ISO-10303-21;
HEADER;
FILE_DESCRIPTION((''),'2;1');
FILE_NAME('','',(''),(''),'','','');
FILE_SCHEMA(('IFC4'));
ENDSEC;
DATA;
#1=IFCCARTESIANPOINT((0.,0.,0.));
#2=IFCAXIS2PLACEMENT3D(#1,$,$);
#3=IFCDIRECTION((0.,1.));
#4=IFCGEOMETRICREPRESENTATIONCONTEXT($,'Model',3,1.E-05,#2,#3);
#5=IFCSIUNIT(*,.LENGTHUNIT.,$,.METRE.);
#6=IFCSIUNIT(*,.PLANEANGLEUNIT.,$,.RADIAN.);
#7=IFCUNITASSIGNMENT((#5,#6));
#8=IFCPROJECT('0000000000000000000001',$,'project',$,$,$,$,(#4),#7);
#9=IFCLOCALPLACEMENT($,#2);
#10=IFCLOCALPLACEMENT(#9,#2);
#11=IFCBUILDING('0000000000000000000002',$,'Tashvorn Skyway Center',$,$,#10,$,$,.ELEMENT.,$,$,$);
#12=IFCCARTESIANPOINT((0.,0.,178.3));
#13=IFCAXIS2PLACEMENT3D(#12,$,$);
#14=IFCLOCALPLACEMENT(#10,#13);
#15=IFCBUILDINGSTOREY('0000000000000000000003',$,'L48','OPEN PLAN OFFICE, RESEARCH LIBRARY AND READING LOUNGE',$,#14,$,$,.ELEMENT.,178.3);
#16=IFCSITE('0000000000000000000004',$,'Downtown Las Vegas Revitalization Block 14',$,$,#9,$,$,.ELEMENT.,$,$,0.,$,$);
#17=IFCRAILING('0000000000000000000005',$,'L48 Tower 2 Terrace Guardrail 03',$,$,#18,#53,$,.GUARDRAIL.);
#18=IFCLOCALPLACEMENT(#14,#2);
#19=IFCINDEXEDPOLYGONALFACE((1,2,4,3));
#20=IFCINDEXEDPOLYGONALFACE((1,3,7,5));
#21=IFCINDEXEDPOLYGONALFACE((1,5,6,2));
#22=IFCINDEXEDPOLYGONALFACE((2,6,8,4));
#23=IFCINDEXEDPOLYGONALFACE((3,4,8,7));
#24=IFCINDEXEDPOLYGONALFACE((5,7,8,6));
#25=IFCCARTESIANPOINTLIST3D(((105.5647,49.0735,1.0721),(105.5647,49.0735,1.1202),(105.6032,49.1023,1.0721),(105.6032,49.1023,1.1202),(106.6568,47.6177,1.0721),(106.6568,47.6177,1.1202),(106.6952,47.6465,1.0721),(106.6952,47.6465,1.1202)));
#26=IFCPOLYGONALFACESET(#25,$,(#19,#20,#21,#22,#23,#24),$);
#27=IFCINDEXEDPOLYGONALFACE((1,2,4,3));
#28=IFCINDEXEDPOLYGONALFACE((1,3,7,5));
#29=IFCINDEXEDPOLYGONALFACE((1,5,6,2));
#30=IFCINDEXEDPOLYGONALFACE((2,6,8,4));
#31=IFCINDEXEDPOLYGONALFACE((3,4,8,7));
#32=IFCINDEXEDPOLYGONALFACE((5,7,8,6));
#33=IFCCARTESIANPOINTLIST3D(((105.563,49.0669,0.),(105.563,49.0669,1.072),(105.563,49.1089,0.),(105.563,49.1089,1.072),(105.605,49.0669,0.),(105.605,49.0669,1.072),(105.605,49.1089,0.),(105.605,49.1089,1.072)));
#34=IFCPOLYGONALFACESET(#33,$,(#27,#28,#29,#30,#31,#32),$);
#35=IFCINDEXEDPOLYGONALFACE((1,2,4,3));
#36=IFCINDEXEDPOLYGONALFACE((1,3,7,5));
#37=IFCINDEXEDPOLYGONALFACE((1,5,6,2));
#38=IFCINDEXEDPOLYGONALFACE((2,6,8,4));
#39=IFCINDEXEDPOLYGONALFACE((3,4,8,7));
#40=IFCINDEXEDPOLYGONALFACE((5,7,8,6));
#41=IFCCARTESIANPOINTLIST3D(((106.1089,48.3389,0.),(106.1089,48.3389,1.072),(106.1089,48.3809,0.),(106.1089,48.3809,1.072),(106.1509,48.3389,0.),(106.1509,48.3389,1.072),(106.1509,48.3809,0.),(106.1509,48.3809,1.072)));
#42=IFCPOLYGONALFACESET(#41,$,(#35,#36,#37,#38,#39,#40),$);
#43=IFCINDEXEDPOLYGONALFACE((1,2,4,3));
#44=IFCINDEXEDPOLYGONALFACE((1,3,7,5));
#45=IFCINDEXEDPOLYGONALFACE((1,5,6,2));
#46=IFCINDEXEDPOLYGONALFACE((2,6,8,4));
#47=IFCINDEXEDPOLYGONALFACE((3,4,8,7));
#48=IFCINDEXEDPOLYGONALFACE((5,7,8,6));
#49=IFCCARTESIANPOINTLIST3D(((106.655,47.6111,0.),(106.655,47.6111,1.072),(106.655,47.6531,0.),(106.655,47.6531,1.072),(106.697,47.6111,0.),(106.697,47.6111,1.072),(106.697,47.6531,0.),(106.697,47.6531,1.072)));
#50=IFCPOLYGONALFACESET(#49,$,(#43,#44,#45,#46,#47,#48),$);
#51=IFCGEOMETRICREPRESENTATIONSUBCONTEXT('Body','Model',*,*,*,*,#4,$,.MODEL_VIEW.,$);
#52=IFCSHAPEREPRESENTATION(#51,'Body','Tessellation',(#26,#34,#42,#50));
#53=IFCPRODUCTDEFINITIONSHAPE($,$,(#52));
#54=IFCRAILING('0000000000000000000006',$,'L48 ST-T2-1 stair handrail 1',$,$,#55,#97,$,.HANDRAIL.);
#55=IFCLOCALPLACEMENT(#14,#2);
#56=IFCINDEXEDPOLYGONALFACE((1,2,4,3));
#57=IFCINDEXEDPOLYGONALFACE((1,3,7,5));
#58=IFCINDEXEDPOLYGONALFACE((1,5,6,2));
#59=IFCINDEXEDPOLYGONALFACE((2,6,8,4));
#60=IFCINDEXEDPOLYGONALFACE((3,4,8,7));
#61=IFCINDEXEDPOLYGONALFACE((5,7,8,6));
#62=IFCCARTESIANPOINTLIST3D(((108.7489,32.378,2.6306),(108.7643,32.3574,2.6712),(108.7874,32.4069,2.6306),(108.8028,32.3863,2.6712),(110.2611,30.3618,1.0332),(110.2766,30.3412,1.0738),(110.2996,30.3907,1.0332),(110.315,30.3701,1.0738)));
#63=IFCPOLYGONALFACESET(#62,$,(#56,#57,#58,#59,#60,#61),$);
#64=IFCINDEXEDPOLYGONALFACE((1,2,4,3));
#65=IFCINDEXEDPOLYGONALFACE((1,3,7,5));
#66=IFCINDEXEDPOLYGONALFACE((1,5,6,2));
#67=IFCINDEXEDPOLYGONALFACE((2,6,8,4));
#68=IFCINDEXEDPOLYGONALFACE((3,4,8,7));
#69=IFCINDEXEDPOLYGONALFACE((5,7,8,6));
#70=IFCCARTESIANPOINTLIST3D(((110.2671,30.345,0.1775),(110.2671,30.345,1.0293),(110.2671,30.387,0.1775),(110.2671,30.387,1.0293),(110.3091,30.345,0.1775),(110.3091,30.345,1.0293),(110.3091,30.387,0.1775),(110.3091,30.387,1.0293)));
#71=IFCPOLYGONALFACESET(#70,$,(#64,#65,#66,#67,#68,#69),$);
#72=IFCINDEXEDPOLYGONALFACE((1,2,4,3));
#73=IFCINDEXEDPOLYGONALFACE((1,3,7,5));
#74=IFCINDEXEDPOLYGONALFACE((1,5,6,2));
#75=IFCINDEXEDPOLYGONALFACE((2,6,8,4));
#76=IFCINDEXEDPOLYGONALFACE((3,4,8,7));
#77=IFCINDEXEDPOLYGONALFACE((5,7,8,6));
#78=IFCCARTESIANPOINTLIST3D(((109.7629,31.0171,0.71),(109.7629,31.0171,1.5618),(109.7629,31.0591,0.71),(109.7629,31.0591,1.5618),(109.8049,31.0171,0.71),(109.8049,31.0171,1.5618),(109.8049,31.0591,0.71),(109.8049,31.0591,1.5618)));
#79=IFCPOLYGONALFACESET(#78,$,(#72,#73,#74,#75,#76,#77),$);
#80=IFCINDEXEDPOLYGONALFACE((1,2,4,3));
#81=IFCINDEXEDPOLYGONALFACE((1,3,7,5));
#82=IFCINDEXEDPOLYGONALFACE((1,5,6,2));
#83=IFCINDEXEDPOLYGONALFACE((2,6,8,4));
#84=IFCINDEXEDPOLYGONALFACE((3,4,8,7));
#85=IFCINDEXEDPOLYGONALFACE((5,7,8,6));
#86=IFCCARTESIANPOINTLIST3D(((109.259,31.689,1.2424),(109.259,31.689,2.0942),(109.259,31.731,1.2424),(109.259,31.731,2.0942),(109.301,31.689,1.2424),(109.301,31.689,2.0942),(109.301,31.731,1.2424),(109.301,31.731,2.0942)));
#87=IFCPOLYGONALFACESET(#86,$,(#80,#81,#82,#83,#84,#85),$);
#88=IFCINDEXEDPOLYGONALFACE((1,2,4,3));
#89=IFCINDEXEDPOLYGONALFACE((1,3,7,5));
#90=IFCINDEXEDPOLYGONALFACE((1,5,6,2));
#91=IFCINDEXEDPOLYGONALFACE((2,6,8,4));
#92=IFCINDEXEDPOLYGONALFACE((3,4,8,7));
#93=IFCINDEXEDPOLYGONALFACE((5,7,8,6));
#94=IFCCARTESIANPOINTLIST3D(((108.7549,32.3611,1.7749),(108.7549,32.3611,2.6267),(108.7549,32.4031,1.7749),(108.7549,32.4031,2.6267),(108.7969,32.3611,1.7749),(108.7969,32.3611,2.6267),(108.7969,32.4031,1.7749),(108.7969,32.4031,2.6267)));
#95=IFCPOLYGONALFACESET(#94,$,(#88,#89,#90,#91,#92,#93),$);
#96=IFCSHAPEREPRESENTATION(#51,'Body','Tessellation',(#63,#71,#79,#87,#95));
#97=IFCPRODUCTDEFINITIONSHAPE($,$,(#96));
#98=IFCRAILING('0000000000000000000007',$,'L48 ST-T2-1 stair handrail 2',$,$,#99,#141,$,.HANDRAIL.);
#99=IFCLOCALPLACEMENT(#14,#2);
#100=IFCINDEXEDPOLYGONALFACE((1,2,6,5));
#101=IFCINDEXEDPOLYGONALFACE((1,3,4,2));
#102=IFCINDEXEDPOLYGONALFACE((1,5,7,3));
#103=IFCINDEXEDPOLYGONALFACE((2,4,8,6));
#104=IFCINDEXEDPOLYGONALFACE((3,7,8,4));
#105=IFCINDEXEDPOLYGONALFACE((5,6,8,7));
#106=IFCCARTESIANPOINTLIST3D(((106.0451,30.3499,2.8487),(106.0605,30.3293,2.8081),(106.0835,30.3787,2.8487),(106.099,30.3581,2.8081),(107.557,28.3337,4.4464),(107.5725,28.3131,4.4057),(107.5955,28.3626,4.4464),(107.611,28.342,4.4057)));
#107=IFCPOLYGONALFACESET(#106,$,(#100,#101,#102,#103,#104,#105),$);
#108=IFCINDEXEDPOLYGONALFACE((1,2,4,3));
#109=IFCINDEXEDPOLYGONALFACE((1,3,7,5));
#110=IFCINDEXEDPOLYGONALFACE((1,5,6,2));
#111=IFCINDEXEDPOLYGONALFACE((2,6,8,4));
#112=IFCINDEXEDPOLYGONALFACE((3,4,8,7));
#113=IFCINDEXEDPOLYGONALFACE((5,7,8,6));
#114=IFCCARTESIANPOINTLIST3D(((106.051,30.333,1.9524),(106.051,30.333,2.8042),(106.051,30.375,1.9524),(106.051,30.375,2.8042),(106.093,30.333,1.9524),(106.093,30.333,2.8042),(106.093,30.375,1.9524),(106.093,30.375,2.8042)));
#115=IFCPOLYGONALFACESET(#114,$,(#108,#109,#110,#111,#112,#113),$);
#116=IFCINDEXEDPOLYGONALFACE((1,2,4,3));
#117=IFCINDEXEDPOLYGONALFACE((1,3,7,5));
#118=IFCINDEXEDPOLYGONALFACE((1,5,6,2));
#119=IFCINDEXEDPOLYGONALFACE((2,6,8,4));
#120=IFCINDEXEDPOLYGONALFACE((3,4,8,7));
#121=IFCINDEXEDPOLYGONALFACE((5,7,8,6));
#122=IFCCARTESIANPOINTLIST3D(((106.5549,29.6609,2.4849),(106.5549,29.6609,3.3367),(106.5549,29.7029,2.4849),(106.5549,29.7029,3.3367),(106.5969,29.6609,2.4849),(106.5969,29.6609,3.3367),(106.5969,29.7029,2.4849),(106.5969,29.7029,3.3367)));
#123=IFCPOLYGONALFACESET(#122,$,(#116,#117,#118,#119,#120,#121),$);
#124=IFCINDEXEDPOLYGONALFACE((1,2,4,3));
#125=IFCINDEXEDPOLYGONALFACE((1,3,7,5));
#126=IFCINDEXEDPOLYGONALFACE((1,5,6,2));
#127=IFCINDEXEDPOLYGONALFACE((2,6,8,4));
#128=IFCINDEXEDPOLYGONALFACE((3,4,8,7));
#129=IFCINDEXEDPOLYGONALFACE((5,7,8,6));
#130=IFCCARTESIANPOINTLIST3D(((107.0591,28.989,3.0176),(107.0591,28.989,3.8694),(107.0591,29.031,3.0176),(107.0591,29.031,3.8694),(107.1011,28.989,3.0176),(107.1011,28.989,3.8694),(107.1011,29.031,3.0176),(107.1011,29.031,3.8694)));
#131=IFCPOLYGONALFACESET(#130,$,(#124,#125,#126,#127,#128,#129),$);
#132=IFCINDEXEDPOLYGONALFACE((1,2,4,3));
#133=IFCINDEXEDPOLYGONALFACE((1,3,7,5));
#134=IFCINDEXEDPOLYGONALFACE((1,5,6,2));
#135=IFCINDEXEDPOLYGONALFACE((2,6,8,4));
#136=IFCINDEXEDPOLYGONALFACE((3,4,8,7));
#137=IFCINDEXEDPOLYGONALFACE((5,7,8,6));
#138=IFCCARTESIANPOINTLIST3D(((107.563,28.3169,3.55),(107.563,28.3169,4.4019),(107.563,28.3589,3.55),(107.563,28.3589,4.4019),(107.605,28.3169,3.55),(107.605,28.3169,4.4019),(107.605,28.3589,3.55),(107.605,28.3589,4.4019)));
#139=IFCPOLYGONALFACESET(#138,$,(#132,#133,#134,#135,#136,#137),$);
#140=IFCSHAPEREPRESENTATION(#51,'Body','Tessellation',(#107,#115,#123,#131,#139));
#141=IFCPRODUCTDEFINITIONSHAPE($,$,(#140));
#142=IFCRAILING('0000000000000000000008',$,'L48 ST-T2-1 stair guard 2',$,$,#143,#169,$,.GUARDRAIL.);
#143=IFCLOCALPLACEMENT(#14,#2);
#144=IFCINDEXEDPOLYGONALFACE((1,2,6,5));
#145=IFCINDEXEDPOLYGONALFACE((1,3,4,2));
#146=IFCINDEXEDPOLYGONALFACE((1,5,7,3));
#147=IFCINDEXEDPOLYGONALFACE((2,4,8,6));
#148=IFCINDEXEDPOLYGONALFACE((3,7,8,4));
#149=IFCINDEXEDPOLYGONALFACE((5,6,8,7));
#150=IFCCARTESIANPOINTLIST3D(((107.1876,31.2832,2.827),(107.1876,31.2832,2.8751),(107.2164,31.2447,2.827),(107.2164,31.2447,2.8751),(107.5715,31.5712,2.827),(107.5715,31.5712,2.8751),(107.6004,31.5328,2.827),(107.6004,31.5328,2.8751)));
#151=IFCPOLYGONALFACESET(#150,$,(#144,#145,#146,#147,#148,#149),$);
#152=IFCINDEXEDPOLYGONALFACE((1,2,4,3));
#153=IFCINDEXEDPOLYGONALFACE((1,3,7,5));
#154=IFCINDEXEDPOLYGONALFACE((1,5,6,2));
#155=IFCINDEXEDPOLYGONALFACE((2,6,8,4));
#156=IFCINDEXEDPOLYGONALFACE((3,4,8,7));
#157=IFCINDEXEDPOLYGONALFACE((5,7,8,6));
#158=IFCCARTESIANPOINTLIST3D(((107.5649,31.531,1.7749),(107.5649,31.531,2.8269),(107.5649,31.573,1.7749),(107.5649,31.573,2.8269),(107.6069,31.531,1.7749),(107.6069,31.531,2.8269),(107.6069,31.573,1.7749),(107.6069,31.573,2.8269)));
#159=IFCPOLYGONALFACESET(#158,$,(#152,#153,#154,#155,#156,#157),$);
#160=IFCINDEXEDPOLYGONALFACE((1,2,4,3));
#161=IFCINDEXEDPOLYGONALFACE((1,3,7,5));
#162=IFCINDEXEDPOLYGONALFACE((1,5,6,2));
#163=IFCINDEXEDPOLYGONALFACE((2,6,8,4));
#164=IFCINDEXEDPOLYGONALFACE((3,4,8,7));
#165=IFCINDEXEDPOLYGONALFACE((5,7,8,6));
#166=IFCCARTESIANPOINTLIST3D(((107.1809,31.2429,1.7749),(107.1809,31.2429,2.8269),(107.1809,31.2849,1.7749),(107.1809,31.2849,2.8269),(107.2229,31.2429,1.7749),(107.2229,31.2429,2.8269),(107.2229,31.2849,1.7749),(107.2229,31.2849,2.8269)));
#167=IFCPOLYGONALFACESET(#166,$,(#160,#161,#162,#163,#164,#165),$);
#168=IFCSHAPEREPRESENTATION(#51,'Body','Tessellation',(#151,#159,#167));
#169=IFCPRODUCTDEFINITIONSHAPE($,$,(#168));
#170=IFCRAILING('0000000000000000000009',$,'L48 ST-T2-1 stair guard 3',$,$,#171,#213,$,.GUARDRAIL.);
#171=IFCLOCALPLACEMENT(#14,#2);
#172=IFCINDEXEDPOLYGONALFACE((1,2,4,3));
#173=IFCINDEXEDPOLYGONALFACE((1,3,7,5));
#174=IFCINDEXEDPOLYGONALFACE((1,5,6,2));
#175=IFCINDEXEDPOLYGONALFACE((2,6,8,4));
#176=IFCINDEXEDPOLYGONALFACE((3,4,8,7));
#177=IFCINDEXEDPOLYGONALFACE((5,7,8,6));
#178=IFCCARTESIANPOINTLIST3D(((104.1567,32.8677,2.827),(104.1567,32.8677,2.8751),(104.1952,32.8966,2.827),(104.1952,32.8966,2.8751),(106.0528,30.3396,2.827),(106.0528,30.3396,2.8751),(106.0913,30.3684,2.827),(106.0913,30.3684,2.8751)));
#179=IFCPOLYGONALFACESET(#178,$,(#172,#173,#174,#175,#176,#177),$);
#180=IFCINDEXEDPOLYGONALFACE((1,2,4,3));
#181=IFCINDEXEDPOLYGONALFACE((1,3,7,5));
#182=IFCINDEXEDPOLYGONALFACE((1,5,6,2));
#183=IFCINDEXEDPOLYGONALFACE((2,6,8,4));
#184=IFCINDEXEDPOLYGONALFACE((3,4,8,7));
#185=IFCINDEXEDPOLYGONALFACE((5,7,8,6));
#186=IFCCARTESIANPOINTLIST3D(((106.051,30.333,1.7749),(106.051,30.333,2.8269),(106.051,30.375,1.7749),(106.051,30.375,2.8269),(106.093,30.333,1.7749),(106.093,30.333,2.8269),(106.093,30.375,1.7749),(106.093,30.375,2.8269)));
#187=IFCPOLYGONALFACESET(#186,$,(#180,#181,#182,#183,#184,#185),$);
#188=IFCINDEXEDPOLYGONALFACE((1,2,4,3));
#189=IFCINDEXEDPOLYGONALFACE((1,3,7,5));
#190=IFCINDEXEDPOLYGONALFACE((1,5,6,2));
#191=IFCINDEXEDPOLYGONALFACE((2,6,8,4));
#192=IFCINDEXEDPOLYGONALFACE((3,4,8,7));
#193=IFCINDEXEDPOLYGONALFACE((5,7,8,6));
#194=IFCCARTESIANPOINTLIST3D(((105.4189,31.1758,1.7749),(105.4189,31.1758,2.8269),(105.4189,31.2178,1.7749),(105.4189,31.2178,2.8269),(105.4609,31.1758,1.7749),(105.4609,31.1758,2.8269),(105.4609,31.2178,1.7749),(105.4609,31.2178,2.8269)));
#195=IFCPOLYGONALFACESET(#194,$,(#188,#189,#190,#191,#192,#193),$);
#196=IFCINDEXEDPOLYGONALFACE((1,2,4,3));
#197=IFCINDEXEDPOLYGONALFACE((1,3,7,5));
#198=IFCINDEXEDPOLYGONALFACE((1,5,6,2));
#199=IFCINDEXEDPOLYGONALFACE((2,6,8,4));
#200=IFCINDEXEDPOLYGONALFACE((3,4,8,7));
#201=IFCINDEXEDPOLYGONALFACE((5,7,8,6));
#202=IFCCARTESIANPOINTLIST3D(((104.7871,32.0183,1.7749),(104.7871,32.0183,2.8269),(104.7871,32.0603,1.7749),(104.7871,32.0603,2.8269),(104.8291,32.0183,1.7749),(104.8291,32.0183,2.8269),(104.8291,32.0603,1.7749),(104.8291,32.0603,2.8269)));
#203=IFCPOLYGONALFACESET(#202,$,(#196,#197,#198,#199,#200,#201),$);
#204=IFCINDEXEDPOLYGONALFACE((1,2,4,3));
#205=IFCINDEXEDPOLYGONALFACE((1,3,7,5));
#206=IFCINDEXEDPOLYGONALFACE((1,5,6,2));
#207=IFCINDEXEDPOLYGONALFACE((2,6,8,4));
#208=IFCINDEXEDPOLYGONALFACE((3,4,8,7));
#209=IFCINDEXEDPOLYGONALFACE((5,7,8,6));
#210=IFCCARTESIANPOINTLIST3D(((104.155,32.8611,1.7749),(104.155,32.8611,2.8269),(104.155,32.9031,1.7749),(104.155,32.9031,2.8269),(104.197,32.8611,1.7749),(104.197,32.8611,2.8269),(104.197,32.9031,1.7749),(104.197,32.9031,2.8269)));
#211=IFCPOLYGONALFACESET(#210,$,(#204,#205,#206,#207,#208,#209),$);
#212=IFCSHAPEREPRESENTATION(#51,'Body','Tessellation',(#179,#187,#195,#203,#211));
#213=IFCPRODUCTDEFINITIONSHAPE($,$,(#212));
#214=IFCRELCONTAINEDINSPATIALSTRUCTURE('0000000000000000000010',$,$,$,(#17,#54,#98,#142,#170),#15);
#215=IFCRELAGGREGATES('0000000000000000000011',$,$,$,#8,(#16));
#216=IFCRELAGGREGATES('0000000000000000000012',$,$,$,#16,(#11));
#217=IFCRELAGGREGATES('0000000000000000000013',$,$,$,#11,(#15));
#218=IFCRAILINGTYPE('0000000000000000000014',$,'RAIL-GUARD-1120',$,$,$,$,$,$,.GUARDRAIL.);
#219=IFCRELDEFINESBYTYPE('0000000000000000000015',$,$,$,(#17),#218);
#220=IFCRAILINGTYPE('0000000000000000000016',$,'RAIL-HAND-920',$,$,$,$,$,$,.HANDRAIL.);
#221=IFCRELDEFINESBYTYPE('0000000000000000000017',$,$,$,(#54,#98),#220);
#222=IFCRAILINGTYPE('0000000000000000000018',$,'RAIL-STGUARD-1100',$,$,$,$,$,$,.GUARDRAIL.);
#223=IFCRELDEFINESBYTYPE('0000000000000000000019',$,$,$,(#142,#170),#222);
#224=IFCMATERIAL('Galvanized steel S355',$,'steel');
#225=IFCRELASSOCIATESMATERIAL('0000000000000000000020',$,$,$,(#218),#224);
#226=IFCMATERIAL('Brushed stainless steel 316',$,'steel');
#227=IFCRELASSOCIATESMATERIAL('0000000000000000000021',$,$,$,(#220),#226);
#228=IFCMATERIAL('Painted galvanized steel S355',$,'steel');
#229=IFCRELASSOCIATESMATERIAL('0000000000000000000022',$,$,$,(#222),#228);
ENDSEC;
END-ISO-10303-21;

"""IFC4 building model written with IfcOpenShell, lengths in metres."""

from ifc_helpers import new_model, si_unit, direction, frame, origin, origin_2d, place, context, subcontext, project, spatial, rectangle, extrude, material, type_object, element, save


model = new_model("IFC4")

# Units and contexts
model_context = context("Model", 3, precision=1e-05, world=origin(), true_north=direction((0.0, 1.0)))
body_context = subcontext(model_context, "Body", "Model", "MODEL_VIEW")
ifc_project = project(units=[si_unit("LENGTHUNIT", "METRE"), si_unit("PLANEANGLEUNIT", "RADIAN")], contexts=[model_context])

# Site, building, storey
site_placement = place(None, origin())
site = spatial("IfcSite", under=ifc_project, at=site_placement, Name="Downtown Las Vegas Revitalization Block 14", CompositionType="ELEMENT", RefElevation=0.0)
building_placement = place(site_placement, origin())
building = spatial("IfcBuilding", under=site, at=building_placement, Name="Tashvorn Skyway Center", CompositionType="ELEMENT")
storey_placement = place(building_placement, frame((0.0, 0.0, 178.3)))
storey = spatial("IfcBuildingStorey", under=building, at=storey_placement, Name="L48", Description="OPEN PLAN OFFICE, RESEARCH LIBRARY AND READING LOUNGE", CompositionType="ELEMENT", Elevation=178.3)

# Railings
ifc_material_1 = material(Name="Galvanized steel S355", Category="steel")
railing_type_1 = type_object("IfcRailingType", Name="RAIL-GUARD-1120", PredefinedType="GUARDRAIL", material=ifc_material_1)
railing_1_placement = place(storey_placement, frame((105.584, 49.0879, 0.0)))
element("IfcRailing", 1, at=railing_1_placement, inside=storey, type_object=railing_type_1, Name="L48 Tower 2 Terrace Guardrail 03", PredefinedType="GUARDRAIL", context=body_context, shape_type="SweptSolid", body=[
    extrude(rectangle(XDim=0.0481, YDim=0.0481, at=origin_2d()), frame((0.0, 0.0, 1.0962), z_axis=(0.600064, -0.799952, 0.0), x_axis=(0.799952, 0.600064, 0.0)), (0.0, 0.0, 1.0), 1.8198),
    extrude(rectangle(XDim=0.042, YDim=0.042, at=origin_2d()), origin(), (0.0, 0.0, 1.0), 1.072),
    extrude(rectangle(XDim=0.042, YDim=0.042, at=origin_2d()), frame((0.5459, -0.728, 0.0)), (0.0, 0.0, 1.0), 1.072),
    extrude(rectangle(XDim=0.042, YDim=0.042, at=origin_2d()), frame((1.092, -1.4558, 0.0)), (0.0, 0.0, 1.0), 1.072),
])
ifc_material_2 = material(Name="Brushed stainless steel 316", Category="steel")
railing_type_2 = type_object("IfcRailingType", Name="RAIL-HAND-920", PredefinedType="HANDRAIL", material=ifc_material_2)
railing_2_placement = place(storey_placement, frame((110.2881, 30.366, 0.1775)))
element("IfcRailing", 2, at=railing_2_placement, inside=storey, type_object=railing_type_2, Name="L48 ST-T2-1 stair handrail 1", PredefinedType="HANDRAIL", context=body_context, shape_type="SweptSolid", body=[
    extrude(rectangle(XDim=0.0481, YDim=0.0481, at=origin_2d()), frame((0.0, 0.0, 0.876), z_axis=(-0.506802, 0.675681, 0.535357), x_axis=(-0.799977, -0.600031, 0.0)), (0.0, 0.0, 1.0), 2.9839),
    extrude(rectangle(XDim=0.042, YDim=0.042, at=origin_2d()), origin(), (0.0, 0.0, 1.0), 0.8518),
    extrude(rectangle(XDim=0.042, YDim=0.042, at=origin_2d()), frame((-0.5042, 0.6721, 0.5325)), (0.0, 0.0, 1.0), 0.8518),
    extrude(rectangle(XDim=0.042, YDim=0.042, at=origin_2d()), frame((-1.0081, 1.344, 1.0649)), (0.0, 0.0, 1.0), 0.8518),
    extrude(rectangle(XDim=0.042, YDim=0.042, at=origin_2d()), frame((-1.5122, 2.0161, 1.5974)), (0.0, 0.0, 1.0), 0.8518),
])
railing_3_placement = place(storey_placement, frame((106.072, 30.354, 1.9524)))
element("IfcRailing", 3, at=railing_3_placement, inside=storey, type_object=railing_type_2, Name="L48 ST-T2-1 stair handrail 2", PredefinedType="HANDRAIL", context=body_context, shape_type="SweptSolid", body=[
    extrude(rectangle(XDim=0.0481, YDim=0.0481, at=origin_2d()), frame((0.0, 0.0, 0.876), z_axis=(0.506719, -0.675679, 0.535438), x_axis=(0.800023, 0.599969, 0.0)), (0.0, 0.0, 1.0), 2.9839),
    extrude(rectangle(XDim=0.042, YDim=0.042, at=origin_2d()), origin(), (0.0, 0.0, 1.0), 0.8518),
    extrude(rectangle(XDim=0.042, YDim=0.042, at=origin_2d()), frame((0.5039, -0.6721, 0.5325)), (0.0, 0.0, 1.0), 0.8518),
    extrude(rectangle(XDim=0.042, YDim=0.042, at=origin_2d()), frame((1.0081, -1.344, 1.0652)), (0.0, 0.0, 1.0), 0.8518),
    extrude(rectangle(XDim=0.042, YDim=0.042, at=origin_2d()), frame((1.512, -2.0161, 1.5977)), (0.0, 0.0, 1.0), 0.8518),
])
ifc_material_3 = material(Name="Painted galvanized steel S355", Category="steel")
railing_type_3 = type_object("IfcRailingType", Name="RAIL-STGUARD-1100", PredefinedType="GUARDRAIL", material=ifc_material_3)
railing_4_placement = place(storey_placement, frame((107.5859, 31.552, 1.7749)))
element("IfcRailing", 4, at=railing_4_placement, inside=storey, type_object=railing_type_3, Name="L48 ST-T2-1 stair guard 2", PredefinedType="GUARDRAIL", context=body_context, shape_type="SweptSolid", body=[
    extrude(rectangle(XDim=0.0481, YDim=0.0481, at=origin_2d()), frame((0.0, 0.0, 1.0762), z_axis=(-0.799939, -0.600081, 0.0), x_axis=(0.600081, -0.799939, 0.0)), (0.0, 0.0, 1.0), 0.48),
    extrude(rectangle(XDim=0.042, YDim=0.042, at=origin_2d()), origin(), (0.0, 0.0, 1.0), 1.052),
    extrude(rectangle(XDim=0.042, YDim=0.042, at=origin_2d()), frame((-0.384, -0.2881, 0.0)), (0.0, 0.0, 1.0), 1.052),
])
railing_5_placement = place(storey_placement, frame((106.072, 30.354, 1.7749)))
element("IfcRailing", 5, at=railing_5_placement, inside=storey, type_object=railing_type_3, Name="L48 ST-T2-1 stair guard 3", PredefinedType="GUARDRAIL", context=body_context, shape_type="SweptSolid", body=[
    extrude(rectangle(XDim=0.0481, YDim=0.0481, at=origin_2d()), frame((0.0, 0.0, 1.0762), z_axis=(-0.599988, 0.800009, 0.0), x_axis=(-0.800009, -0.599988, 0.0)), (0.0, 0.0, 1.0), 3.1602),
    extrude(rectangle(XDim=0.042, YDim=0.042, at=origin_2d()), origin(), (0.0, 0.0, 1.0), 1.052),
    extrude(rectangle(XDim=0.042, YDim=0.042, at=origin_2d()), frame((-0.6321, 0.8428, 0.0)), (0.0, 0.0, 1.0), 1.052),
    extrude(rectangle(XDim=0.042, YDim=0.042, at=origin_2d()), frame((-1.2639, 1.6853, 0.0)), (0.0, 0.0, 1.0), 1.052),
    extrude(rectangle(XDim=0.042, YDim=0.042, at=origin_2d()), frame((-1.896, 2.5281, 0.0)), (0.0, 0.0, 1.0), 1.052),
])

save(model, "model.ifc")
